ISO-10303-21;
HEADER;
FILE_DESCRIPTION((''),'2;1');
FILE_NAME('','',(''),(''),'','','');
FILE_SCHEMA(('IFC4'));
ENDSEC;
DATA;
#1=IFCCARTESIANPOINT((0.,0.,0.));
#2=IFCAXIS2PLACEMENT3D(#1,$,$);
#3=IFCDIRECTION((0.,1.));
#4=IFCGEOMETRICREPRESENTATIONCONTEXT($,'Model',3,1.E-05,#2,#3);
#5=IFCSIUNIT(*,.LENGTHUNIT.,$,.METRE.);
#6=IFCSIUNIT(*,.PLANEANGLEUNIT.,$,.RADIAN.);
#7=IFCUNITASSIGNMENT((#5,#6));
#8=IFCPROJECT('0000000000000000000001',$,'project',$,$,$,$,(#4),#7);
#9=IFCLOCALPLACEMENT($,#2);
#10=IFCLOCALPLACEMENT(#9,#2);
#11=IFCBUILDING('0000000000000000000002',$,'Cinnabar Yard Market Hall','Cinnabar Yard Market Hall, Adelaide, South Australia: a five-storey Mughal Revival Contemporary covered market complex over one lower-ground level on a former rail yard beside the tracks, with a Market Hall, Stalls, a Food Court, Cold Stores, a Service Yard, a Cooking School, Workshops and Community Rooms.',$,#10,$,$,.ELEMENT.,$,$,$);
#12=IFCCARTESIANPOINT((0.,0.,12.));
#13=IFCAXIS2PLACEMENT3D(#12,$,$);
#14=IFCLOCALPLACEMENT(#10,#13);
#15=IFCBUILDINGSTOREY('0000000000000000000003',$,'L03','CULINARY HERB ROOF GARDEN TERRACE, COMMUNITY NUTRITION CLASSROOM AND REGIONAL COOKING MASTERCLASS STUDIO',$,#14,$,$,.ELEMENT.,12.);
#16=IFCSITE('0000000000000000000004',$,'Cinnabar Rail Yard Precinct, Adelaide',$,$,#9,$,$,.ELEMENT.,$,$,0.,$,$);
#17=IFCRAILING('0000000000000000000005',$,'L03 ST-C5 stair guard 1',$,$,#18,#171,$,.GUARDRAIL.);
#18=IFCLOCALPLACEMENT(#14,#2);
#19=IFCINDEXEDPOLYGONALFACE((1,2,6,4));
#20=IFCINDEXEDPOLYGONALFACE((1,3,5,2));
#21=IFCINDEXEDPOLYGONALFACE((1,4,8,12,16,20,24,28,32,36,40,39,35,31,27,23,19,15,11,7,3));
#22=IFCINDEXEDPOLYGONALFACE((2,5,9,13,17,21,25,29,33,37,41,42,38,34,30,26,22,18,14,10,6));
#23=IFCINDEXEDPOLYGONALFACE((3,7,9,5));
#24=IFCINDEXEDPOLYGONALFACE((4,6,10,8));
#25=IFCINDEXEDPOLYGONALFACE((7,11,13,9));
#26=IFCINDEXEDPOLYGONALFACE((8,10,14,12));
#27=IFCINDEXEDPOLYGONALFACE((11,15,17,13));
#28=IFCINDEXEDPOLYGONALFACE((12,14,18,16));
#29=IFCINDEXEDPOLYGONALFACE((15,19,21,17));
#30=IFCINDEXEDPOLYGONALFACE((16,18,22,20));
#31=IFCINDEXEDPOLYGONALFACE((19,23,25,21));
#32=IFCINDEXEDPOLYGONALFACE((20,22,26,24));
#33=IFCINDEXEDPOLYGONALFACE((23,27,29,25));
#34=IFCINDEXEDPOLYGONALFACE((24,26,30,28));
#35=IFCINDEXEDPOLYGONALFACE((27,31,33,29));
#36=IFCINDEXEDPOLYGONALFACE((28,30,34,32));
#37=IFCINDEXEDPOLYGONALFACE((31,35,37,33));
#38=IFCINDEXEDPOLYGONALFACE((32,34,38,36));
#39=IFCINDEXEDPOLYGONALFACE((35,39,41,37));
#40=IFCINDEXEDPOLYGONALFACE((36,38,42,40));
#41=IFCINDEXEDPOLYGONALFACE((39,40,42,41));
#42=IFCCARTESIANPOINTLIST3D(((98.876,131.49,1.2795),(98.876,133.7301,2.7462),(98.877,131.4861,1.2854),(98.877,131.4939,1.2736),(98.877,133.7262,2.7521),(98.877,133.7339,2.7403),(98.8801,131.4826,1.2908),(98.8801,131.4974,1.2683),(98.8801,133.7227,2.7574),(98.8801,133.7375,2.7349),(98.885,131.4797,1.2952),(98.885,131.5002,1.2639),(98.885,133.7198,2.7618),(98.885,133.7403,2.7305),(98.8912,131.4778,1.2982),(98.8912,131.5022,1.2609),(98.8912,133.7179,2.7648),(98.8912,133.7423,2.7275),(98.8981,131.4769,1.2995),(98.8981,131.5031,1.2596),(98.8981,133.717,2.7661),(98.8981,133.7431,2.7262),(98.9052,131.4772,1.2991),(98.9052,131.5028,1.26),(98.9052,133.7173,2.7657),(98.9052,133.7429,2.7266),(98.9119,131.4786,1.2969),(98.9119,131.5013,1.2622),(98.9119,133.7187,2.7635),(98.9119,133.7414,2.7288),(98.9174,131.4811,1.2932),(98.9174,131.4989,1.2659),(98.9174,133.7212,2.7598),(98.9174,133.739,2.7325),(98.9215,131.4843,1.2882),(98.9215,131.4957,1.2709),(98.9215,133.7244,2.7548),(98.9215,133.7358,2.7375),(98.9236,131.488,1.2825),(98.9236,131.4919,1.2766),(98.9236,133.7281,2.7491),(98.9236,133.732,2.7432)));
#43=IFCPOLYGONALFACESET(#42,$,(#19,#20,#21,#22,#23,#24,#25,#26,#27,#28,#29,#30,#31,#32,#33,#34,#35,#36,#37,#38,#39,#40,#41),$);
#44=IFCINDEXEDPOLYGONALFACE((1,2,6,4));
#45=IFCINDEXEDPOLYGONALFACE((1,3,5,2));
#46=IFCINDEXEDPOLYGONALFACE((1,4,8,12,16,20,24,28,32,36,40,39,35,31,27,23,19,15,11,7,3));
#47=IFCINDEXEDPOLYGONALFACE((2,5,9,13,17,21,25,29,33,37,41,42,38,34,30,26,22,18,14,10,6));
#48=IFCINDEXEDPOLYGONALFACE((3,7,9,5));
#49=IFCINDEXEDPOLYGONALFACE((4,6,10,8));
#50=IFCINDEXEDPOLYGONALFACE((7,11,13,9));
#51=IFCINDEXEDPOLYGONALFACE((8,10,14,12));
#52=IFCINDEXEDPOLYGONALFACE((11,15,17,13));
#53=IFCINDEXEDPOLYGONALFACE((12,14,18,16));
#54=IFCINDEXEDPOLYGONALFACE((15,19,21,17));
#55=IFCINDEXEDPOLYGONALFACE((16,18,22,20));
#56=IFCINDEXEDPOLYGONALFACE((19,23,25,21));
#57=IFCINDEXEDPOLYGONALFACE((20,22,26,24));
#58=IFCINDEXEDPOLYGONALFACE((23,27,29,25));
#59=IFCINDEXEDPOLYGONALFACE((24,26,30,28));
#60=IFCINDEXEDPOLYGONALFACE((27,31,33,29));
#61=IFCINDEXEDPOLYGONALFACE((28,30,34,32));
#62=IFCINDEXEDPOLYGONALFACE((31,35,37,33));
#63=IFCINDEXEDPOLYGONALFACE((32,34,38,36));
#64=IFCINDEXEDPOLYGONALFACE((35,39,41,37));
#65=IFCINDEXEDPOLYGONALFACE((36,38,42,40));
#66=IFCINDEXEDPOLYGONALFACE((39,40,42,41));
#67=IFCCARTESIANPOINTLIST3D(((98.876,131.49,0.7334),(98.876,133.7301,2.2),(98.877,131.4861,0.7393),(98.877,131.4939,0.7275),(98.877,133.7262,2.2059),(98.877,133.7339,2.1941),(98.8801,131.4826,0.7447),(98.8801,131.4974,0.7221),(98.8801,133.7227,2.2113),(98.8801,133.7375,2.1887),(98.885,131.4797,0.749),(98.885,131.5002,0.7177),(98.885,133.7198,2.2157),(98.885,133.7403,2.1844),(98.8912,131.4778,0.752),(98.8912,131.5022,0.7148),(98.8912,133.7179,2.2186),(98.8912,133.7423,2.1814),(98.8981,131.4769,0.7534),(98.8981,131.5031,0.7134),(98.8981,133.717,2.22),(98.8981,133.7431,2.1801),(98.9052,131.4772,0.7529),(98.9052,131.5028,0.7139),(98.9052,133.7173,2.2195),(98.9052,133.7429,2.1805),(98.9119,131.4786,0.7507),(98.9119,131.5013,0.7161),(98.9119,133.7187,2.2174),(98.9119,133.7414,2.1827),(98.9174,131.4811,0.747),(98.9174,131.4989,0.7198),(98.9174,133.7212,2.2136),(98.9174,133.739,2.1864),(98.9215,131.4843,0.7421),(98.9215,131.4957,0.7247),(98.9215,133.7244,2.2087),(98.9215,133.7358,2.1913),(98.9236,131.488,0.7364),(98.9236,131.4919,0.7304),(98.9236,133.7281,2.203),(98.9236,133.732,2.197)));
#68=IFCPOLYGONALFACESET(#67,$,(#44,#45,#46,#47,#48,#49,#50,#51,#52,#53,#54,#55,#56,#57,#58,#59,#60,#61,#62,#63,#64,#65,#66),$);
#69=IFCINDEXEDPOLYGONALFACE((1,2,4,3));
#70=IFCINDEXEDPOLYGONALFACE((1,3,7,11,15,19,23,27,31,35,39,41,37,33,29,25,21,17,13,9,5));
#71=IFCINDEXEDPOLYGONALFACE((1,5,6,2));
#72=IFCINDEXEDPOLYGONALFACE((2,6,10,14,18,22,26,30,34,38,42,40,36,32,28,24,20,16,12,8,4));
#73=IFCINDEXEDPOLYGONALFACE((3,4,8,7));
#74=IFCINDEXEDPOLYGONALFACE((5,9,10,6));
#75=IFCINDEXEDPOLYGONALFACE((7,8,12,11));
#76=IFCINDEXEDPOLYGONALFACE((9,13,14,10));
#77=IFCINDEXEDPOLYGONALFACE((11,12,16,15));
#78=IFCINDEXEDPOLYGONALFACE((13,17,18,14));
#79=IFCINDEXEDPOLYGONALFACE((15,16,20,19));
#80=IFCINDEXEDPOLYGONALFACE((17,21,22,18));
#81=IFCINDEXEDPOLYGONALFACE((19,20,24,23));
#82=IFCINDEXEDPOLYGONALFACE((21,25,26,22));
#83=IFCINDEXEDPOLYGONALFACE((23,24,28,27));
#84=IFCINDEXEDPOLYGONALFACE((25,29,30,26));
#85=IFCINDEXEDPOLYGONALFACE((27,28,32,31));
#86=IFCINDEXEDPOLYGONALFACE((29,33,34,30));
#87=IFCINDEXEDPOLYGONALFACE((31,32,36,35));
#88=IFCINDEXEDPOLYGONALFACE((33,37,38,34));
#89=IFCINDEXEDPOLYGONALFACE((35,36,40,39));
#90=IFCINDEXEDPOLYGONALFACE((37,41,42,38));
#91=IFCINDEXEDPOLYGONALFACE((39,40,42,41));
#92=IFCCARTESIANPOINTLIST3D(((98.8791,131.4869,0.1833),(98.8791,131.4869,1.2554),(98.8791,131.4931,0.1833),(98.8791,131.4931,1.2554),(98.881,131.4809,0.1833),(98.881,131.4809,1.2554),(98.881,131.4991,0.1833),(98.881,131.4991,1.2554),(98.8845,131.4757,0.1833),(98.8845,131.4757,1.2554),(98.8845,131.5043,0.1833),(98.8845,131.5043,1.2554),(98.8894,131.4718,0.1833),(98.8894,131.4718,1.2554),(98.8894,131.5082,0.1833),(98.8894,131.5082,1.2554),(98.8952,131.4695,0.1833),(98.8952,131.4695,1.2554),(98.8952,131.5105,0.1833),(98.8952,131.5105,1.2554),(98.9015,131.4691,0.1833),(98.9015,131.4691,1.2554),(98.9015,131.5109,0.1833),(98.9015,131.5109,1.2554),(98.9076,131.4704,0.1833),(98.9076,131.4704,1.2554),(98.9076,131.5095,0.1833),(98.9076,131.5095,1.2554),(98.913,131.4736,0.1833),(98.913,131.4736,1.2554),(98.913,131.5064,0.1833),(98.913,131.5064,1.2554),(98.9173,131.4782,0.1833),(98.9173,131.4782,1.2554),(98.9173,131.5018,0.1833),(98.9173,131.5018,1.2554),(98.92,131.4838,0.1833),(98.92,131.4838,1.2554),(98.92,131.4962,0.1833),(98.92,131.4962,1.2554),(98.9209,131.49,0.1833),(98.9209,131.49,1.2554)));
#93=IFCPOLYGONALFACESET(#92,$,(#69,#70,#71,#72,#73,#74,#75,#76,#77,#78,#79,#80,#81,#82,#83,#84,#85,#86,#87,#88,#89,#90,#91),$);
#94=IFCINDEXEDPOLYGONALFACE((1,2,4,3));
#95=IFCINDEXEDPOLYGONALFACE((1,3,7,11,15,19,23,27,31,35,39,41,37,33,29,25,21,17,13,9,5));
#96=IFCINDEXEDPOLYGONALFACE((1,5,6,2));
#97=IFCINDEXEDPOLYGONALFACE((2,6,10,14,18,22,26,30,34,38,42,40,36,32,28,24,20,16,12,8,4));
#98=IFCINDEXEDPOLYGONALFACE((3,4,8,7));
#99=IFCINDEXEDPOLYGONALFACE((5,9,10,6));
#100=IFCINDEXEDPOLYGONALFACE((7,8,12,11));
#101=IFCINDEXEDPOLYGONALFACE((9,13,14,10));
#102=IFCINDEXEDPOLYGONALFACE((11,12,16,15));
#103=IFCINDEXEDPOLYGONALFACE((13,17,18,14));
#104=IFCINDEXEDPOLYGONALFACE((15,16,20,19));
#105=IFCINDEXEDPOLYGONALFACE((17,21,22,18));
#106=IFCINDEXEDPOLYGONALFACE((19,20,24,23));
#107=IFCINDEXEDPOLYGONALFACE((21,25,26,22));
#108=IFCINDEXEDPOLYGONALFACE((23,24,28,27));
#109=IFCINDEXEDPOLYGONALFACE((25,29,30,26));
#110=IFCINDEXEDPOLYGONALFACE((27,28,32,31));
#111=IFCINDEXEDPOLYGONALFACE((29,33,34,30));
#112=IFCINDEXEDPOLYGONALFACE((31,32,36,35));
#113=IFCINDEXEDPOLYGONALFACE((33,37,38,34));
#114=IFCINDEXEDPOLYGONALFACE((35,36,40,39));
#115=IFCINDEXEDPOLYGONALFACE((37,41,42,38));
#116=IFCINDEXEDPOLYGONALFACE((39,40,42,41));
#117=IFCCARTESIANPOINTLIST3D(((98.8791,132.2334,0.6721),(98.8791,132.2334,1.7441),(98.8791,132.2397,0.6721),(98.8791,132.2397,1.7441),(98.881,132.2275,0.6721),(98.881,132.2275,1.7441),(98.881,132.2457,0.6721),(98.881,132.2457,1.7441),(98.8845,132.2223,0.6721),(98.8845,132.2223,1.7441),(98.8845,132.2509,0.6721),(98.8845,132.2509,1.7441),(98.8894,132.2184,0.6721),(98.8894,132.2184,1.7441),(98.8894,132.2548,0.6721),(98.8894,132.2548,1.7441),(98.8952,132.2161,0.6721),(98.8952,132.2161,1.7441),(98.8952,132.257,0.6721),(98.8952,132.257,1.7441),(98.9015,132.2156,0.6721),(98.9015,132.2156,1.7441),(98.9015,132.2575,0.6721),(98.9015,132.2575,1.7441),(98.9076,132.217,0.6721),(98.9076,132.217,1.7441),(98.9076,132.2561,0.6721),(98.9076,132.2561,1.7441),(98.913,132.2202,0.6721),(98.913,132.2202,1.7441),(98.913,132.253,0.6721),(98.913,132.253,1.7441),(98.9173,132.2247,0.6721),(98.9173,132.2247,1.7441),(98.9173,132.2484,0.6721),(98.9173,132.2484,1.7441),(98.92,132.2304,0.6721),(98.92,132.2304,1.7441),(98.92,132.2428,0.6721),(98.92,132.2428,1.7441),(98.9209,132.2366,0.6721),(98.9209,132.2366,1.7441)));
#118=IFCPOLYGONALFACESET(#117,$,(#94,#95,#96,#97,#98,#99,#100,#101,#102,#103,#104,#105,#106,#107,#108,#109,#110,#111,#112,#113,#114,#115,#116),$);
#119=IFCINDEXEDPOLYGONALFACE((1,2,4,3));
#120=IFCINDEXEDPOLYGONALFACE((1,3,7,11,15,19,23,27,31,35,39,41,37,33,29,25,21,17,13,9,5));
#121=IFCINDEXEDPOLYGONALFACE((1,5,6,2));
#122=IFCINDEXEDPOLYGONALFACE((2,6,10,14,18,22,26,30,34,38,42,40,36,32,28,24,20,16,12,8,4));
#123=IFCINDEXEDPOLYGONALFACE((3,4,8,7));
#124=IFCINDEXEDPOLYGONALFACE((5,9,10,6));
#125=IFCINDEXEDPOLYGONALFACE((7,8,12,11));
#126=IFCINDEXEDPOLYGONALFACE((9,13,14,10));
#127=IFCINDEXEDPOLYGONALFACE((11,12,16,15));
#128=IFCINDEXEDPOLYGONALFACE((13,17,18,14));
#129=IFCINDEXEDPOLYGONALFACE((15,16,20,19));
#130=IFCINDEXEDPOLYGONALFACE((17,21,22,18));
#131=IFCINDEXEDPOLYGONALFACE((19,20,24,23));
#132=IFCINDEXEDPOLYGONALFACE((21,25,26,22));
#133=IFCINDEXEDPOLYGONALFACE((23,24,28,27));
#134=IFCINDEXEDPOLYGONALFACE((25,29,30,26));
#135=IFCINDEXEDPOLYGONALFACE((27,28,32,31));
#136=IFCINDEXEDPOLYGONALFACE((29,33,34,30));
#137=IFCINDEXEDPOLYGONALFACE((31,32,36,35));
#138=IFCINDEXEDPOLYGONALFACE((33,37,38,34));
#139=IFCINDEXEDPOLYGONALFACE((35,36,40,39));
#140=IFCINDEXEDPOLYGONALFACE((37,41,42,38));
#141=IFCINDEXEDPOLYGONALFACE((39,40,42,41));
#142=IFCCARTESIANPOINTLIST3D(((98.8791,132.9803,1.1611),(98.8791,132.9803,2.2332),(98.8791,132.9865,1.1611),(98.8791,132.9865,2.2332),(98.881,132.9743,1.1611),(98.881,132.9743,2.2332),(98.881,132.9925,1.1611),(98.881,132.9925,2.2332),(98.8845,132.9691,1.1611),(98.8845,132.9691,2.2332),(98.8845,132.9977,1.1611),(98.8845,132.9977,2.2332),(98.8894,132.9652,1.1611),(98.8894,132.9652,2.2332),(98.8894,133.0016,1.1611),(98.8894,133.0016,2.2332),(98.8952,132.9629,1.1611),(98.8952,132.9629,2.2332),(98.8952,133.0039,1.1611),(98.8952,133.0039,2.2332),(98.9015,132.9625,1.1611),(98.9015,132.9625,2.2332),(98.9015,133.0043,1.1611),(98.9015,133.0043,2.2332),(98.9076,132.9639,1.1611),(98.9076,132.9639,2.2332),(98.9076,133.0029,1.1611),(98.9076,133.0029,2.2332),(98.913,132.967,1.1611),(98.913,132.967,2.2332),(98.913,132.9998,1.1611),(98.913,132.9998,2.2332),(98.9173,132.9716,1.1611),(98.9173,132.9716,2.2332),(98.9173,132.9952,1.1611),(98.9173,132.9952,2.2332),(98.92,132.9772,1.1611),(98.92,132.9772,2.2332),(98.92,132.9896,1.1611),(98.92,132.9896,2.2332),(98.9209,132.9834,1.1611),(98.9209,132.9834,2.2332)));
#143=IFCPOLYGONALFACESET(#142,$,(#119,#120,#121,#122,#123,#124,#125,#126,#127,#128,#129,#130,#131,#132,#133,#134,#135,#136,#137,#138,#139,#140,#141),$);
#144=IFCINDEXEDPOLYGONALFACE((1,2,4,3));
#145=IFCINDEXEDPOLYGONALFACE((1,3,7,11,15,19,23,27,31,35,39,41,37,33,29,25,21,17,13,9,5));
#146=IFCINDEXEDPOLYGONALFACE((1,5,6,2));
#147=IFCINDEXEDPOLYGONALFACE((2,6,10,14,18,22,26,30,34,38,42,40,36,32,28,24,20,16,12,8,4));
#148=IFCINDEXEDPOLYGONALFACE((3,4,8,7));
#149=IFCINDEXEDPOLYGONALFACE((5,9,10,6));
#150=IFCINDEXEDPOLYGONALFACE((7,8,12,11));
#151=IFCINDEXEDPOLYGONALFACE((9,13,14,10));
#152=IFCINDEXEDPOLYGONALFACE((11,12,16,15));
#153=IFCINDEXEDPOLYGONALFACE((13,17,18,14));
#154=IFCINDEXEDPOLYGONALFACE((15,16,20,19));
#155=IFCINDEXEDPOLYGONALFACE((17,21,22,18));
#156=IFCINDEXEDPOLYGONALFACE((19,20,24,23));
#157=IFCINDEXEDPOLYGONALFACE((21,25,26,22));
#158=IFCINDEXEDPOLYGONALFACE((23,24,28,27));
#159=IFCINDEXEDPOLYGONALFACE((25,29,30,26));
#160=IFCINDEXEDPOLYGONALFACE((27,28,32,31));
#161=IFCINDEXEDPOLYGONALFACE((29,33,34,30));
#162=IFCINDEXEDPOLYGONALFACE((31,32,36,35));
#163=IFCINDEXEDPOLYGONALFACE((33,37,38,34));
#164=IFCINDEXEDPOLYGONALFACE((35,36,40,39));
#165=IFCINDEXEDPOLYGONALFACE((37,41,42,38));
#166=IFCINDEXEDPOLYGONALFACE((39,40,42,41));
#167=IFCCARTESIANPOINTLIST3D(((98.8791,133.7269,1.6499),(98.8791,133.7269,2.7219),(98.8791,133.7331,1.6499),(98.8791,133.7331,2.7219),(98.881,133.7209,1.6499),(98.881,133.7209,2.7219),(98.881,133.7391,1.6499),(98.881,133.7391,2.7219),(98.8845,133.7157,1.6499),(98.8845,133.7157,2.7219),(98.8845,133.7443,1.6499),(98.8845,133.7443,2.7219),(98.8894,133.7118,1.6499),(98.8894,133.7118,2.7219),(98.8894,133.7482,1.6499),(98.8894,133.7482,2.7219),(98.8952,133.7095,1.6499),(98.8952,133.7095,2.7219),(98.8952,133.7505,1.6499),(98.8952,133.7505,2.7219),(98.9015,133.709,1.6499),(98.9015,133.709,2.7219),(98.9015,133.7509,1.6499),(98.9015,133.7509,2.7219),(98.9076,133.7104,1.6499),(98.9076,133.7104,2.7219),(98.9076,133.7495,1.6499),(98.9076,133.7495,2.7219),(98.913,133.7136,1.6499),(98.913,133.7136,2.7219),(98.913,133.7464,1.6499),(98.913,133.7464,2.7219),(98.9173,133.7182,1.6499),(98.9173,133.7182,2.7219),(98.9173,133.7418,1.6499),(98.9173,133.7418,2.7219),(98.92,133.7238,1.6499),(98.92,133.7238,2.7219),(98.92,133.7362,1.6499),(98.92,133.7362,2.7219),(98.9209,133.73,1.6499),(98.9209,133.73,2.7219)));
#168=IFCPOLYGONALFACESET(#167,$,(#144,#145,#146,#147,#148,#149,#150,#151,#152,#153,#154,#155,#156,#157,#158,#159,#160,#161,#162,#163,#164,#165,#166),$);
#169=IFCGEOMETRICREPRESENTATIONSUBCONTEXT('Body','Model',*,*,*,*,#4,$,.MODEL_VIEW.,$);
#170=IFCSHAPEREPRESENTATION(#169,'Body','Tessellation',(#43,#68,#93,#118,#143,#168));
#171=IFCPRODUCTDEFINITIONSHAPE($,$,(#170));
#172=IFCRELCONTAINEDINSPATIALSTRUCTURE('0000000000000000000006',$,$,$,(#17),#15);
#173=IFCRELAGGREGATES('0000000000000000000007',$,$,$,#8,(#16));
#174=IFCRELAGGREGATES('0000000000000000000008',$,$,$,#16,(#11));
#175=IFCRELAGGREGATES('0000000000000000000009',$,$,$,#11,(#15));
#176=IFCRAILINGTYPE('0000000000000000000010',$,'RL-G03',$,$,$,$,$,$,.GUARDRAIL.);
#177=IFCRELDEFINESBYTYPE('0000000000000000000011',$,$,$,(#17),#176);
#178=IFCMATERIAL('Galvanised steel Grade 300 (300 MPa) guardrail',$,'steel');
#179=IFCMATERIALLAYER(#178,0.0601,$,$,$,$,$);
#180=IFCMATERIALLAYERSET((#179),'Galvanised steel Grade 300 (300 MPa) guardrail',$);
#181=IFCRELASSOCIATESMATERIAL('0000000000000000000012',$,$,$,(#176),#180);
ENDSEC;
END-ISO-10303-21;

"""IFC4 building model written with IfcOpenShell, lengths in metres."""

from ifc_helpers import new_model, si_unit, direction, frame, origin, origin_2d_with_axis, place, context, subcontext, project, spatial, circle, extrude, material, layer, layer_set, type_object, element, save


model = new_model("IFC4")

# Units and contexts
model_context = context("Model", 3, precision=1e-05, world=origin(), true_north=direction((0.0, 1.0)))
body_context = subcontext(model_context, "Body", "Model", "MODEL_VIEW")
ifc_project = project(units=[si_unit("LENGTHUNIT", "METRE"), si_unit("PLANEANGLEUNIT", "RADIAN")], contexts=[model_context])

# Site, building, storey
site_placement = place(None, origin())
site = spatial("IfcSite", under=ifc_project, at=site_placement, Name="Cinnabar Rail Yard Precinct, Adelaide", CompositionType="ELEMENT", RefElevation=0.0)
building_placement = place(site_placement, origin())
building = spatial("IfcBuilding", under=site, at=building_placement, Name="Cinnabar Yard Market Hall", Description="Cinnabar Yard Market Hall, Adelaide, South Australia: a five-storey Mughal Revival Contemporary covered market complex over one lower-ground level on a former rail yard beside the tracks, with a Market Hall, Stalls, a Food Court, Cold Stores, a Service Yard, a Cooking School, Workshops and Community Rooms.", CompositionType="ELEMENT")
storey_placement = place(building_placement, frame((0.0, 0.0, 12.0)))
storey = spatial("IfcBuildingStorey", under=building, at=storey_placement, Name="L03", Description="CULINARY HERB ROOF GARDEN TERRACE, COMMUNITY NUTRITION CLASSROOM AND REGIONAL COOKING MASTERCLASS STUDIO", CompositionType="ELEMENT", Elevation=12.0)

# Railing
ifc_material_1 = material(Name="Galvanised steel Grade 300 (300 MPa) guardrail", Category="steel")
ifc_layer_1 = layer(ifc_material_1, 0.0601)
ifc_layer_set_1 = layer_set([ifc_layer_1], Name="Galvanised steel Grade 300 (300 MPa) guardrail")
railing_type_1 = type_object("IfcRailingType", Name="RL-G03", PredefinedType="GUARDRAIL", material=ifc_layer_set_1)
railing_1_placement = place(storey_placement, frame((98.8999, 131.49, 0.1833)))
element("IfcRailing", 1, at=railing_1_placement, inside=storey, type_object=railing_type_1, Name="L03 ST-C5 stair guard 1", PredefinedType="GUARDRAIL", context=body_context, shape_type="SweptSolid", body=[
    extrude(circle(Radius=0.0239, at=origin_2d_with_axis()), frame((0.0, 0.0, 1.0962), z_axis=(0.0, 0.836637, 0.547758), x_axis=(-1.0, 0.0, 0.0)), (0.0, 0.0, 1.0), 2.6775),
    extrude(circle(Radius=0.0239, at=origin_2d_with_axis()), frame((0.0, 0.0, 0.55), z_axis=(0.0, 0.836637, 0.547758), x_axis=(-1.0, 0.0, 0.0)), (0.0, 0.0, 1.0), 2.6775),
    extrude(circle(Radius=0.021, at=origin_2d_with_axis()), origin(), (0.0, 0.0, 1.0), 1.072),
    extrude(circle(Radius=0.021, at=origin_2d_with_axis()), frame((0.0, 0.7466, 0.4888)), (0.0, 0.0, 1.0), 1.072),
    extrude(circle(Radius=0.021, at=origin_2d_with_axis()), frame((0.0, 1.4934, 0.9778)), (0.0, 0.0, 1.0), 1.072),
    extrude(circle(Radius=0.021, at=origin_2d_with_axis()), frame((0.0, 2.24, 1.4666)), (0.0, 0.0, 1.0), 1.072),
])

save(model, "model.ifc")
